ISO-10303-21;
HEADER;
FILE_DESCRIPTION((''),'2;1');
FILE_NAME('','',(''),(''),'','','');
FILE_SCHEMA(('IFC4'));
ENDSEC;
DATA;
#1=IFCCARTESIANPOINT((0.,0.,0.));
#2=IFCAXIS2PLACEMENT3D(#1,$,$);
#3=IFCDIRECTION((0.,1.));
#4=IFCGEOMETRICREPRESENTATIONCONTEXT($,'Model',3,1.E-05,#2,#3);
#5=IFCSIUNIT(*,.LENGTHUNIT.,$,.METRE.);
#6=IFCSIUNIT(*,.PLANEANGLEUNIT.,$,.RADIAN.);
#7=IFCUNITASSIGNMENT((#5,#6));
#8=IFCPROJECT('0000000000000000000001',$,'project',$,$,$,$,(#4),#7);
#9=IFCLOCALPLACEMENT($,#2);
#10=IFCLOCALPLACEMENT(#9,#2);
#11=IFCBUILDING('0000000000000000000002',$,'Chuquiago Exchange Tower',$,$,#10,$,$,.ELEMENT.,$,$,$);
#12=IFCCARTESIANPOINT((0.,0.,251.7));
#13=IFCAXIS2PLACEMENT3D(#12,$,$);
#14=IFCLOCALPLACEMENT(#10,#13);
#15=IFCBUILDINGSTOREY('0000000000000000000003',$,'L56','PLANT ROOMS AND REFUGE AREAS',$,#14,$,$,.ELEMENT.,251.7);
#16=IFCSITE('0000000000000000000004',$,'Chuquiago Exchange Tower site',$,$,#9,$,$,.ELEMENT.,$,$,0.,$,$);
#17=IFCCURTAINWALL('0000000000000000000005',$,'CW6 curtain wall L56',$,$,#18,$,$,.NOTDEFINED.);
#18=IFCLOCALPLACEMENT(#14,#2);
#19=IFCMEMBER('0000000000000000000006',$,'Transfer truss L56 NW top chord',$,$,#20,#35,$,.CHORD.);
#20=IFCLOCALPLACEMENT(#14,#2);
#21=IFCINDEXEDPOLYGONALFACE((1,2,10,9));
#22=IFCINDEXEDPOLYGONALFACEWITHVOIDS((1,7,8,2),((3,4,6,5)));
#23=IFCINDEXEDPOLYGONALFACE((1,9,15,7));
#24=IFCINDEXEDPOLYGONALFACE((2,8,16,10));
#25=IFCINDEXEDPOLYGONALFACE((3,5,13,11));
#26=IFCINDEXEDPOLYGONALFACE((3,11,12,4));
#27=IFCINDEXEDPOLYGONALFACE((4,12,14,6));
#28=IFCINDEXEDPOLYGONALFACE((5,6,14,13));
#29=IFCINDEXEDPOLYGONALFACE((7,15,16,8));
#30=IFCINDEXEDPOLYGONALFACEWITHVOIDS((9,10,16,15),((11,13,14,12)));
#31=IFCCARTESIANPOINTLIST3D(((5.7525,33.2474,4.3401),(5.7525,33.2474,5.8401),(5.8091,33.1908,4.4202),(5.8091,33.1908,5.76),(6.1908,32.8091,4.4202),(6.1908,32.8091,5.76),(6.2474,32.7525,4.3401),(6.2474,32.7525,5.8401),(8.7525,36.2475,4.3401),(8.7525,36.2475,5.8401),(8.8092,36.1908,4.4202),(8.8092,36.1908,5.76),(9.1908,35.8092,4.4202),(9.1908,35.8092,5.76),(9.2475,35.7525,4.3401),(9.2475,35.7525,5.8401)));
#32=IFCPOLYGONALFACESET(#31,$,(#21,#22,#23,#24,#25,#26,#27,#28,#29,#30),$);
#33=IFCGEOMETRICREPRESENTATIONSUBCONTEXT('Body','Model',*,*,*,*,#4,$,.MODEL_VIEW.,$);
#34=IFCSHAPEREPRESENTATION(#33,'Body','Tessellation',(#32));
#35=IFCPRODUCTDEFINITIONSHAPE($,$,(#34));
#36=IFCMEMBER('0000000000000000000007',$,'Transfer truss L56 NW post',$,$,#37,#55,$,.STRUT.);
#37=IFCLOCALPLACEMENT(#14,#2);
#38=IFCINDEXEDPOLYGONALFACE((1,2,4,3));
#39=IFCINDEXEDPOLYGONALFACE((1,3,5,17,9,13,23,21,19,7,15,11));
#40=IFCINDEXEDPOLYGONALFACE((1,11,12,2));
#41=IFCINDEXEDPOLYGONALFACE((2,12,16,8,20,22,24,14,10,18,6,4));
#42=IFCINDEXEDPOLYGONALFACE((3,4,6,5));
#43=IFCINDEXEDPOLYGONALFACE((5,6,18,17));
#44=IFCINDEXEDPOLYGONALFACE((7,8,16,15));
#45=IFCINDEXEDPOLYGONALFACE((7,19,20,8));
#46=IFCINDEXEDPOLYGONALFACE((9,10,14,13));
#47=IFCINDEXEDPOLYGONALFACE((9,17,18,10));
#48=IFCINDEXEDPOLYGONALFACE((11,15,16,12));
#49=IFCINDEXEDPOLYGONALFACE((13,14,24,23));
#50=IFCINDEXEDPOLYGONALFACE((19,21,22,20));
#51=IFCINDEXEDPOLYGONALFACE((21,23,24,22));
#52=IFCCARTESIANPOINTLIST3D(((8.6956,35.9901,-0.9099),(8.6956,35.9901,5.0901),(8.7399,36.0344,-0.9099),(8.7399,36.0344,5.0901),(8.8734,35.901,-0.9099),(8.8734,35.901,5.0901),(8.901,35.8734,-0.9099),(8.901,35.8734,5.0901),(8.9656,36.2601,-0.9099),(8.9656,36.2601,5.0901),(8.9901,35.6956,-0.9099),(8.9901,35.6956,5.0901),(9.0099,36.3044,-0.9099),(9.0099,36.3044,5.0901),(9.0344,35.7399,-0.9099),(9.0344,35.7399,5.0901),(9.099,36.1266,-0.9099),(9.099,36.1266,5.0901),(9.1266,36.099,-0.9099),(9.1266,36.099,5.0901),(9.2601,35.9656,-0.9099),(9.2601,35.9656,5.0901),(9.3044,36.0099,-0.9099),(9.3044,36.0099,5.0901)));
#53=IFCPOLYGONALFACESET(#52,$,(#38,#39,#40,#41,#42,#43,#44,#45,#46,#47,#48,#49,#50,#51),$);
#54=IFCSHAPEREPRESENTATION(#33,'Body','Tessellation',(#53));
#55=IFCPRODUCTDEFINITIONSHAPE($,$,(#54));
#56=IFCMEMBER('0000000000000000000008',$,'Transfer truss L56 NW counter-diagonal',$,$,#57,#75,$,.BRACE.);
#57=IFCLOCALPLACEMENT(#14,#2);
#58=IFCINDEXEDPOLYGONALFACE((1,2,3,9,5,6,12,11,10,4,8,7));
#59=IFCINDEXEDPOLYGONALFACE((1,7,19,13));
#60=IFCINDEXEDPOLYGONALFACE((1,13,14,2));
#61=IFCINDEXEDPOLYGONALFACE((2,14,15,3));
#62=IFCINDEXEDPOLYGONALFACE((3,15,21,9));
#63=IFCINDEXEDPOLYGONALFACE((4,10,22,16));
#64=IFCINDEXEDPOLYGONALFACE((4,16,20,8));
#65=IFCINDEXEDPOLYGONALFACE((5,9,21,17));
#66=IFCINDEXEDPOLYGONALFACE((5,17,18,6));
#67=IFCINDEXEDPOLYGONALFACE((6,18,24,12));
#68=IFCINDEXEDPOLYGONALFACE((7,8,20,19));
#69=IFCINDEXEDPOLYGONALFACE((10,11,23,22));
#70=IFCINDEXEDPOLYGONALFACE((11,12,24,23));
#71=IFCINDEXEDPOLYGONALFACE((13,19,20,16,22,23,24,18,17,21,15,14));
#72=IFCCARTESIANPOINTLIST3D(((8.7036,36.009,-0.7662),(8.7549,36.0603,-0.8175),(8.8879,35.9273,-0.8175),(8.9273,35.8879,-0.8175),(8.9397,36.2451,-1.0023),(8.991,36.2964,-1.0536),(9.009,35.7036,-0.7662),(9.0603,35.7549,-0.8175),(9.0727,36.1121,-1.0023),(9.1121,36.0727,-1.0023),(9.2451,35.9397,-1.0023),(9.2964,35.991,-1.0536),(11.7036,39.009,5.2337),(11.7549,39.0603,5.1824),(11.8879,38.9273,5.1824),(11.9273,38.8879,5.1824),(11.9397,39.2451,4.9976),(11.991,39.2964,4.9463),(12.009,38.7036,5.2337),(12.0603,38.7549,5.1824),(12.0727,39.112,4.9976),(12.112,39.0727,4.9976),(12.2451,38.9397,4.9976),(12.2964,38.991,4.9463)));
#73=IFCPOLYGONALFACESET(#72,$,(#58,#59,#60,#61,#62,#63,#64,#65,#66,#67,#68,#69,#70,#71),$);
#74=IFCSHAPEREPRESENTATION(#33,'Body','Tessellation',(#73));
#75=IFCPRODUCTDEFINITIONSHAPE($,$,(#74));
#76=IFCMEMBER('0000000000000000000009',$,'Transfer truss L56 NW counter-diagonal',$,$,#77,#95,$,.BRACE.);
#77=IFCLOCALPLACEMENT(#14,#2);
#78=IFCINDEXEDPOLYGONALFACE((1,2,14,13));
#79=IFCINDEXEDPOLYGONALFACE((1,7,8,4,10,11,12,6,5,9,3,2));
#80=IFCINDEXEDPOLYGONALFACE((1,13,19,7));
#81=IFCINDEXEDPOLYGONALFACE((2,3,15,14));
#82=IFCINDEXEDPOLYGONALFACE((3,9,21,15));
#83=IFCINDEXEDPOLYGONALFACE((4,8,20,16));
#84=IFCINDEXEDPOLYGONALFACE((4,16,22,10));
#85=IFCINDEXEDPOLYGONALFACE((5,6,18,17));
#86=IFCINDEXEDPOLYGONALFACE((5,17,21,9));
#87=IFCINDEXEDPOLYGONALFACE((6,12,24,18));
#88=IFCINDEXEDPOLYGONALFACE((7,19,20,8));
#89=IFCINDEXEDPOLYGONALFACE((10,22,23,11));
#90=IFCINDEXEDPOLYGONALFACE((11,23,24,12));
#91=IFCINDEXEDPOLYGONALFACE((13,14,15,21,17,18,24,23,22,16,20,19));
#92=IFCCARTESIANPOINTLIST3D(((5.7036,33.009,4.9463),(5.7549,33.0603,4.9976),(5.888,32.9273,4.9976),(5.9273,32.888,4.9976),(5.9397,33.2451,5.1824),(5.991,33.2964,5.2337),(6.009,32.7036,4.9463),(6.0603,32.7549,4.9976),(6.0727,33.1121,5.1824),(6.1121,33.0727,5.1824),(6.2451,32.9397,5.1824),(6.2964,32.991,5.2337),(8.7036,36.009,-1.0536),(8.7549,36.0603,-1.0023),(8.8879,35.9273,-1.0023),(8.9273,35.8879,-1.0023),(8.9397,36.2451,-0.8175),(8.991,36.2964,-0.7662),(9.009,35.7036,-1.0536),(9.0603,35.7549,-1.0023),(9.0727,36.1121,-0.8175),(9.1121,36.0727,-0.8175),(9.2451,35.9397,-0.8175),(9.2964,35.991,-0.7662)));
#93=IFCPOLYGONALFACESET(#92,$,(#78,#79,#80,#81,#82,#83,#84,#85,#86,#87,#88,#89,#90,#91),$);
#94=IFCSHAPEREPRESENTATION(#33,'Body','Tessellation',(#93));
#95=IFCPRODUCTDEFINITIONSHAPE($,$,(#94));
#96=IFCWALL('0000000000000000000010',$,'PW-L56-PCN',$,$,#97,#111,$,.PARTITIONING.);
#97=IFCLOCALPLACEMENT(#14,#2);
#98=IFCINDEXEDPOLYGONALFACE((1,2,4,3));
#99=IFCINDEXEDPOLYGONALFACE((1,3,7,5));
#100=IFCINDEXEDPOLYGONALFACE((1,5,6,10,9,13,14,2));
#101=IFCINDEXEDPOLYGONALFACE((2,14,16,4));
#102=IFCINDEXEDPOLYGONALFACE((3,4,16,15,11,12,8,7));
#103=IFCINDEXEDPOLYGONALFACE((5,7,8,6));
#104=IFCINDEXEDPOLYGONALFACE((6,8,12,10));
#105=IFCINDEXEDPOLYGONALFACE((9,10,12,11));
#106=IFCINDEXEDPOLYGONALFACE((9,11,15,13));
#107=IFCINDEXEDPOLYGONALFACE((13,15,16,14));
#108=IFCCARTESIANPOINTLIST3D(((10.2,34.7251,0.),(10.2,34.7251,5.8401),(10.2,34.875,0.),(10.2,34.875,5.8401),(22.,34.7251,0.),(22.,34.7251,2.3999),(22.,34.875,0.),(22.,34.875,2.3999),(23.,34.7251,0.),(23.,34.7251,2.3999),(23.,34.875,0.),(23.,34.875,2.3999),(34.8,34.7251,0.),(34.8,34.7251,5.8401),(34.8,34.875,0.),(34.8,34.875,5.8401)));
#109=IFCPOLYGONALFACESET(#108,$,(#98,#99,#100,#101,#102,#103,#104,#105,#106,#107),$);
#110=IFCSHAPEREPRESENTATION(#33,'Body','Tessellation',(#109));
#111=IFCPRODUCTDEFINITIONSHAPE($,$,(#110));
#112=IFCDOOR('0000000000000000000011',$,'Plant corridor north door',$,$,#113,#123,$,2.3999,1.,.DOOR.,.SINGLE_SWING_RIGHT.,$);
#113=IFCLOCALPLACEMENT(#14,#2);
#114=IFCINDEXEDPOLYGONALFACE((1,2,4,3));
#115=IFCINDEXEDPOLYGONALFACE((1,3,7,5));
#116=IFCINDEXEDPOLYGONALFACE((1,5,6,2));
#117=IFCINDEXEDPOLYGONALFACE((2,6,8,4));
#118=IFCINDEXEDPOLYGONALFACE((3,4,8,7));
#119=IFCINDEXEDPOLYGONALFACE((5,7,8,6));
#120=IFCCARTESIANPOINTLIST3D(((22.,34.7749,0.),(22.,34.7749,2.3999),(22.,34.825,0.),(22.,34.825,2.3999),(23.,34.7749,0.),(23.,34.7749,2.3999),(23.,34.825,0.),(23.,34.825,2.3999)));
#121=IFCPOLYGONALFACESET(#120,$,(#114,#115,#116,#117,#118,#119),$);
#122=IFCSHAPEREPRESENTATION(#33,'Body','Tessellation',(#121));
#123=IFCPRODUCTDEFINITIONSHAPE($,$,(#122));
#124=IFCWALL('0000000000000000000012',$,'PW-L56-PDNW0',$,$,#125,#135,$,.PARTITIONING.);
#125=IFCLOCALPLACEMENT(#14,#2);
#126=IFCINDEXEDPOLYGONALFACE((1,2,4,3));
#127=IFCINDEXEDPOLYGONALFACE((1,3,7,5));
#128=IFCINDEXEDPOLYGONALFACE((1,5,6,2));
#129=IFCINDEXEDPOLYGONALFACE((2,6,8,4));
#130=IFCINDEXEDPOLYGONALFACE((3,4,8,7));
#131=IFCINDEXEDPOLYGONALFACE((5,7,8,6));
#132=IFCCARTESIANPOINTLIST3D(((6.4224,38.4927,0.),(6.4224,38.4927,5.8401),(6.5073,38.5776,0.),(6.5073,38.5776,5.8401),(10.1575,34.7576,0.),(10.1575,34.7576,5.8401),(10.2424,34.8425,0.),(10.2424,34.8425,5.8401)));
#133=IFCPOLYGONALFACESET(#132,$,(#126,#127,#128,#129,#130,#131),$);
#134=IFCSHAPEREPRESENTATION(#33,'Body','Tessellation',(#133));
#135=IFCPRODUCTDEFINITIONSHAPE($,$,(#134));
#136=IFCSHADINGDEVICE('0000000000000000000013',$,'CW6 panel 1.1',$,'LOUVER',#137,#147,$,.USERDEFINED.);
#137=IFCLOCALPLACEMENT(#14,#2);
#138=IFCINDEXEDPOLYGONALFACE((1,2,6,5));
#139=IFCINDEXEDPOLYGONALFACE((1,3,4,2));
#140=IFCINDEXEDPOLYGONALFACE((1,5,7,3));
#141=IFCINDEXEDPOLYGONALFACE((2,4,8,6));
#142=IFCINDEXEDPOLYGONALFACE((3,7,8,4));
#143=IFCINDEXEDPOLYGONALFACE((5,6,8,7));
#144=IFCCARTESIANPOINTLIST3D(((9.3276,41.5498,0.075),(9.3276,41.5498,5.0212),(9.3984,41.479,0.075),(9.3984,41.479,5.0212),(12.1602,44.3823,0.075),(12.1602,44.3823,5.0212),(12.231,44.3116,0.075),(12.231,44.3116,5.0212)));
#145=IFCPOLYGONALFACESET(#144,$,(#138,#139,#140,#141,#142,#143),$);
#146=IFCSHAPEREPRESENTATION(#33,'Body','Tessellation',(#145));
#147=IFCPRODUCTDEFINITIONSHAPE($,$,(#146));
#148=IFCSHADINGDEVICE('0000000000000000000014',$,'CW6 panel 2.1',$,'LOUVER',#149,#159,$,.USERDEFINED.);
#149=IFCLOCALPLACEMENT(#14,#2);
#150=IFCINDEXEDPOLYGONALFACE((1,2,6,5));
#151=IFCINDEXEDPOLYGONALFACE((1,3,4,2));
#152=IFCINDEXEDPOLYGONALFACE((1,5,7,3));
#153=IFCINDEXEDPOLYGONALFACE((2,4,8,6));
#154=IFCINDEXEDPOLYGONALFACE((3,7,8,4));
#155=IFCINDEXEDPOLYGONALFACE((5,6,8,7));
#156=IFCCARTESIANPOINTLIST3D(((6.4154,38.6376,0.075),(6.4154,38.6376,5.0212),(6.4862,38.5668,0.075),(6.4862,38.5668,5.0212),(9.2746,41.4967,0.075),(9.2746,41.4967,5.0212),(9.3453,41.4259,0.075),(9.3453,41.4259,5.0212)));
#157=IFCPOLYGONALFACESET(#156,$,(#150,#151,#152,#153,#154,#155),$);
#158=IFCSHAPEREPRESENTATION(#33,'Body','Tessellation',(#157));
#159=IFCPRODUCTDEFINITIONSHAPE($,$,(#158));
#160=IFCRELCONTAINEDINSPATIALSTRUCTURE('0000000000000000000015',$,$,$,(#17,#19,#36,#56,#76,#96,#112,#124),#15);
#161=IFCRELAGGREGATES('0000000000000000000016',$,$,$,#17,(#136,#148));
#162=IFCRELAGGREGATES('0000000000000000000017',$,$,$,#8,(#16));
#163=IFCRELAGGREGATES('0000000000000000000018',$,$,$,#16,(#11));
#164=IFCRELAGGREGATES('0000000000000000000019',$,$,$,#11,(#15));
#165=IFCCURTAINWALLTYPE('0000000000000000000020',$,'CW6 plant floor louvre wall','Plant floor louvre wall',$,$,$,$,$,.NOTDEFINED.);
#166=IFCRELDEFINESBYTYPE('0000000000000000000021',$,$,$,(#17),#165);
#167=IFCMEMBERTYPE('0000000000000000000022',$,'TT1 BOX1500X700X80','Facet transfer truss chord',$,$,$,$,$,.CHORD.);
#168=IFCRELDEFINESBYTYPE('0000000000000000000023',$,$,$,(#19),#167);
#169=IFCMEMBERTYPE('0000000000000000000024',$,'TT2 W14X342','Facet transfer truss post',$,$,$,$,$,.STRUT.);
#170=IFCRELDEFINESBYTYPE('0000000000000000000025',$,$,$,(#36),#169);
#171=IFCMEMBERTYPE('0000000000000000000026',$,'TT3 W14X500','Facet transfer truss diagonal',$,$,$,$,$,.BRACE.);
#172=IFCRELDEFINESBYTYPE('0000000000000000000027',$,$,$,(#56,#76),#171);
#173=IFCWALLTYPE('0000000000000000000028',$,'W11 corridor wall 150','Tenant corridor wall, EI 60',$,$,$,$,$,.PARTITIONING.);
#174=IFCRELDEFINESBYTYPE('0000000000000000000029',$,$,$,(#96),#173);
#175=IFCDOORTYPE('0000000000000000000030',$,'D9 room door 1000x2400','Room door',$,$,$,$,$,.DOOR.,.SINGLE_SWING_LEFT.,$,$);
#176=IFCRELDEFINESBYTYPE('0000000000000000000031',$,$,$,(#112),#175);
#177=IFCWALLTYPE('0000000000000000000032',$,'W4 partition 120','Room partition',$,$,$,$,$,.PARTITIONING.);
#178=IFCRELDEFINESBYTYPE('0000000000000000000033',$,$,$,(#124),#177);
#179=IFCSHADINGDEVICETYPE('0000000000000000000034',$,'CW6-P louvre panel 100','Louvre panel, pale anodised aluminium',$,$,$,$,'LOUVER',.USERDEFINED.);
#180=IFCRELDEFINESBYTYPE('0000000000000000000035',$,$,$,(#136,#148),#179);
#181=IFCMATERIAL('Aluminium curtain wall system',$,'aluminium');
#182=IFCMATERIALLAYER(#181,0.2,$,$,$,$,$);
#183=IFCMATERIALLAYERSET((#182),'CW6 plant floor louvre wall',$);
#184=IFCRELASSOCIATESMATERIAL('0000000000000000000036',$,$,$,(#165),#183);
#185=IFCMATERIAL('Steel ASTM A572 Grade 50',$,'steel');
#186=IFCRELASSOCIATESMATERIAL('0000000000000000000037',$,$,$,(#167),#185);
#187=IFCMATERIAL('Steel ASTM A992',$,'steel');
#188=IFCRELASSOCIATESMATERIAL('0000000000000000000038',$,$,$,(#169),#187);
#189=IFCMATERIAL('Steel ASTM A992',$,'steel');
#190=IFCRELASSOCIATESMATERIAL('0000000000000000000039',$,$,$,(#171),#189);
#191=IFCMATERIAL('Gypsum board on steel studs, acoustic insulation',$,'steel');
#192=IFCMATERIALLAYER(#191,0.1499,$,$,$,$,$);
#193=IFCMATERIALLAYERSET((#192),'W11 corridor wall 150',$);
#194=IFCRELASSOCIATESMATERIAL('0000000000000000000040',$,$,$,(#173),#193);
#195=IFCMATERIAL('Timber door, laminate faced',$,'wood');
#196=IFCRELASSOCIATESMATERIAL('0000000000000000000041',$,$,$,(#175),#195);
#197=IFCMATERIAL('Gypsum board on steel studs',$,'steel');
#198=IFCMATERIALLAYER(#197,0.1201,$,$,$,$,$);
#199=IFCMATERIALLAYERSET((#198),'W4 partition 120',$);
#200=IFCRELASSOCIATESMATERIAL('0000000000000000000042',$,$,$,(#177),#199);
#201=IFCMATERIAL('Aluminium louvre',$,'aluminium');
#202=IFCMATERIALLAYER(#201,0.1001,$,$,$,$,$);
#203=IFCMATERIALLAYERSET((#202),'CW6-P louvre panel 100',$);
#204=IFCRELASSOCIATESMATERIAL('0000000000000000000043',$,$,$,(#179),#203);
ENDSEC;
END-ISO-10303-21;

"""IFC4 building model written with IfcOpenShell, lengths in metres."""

from ifc_helpers import new_model, si_unit, direction, frame, frame_2d, origin, origin_2d, place, context, subcontext, project, spatial, rectangle, hollow_rectangle, i_section, extrude, material, layer, layer_set, material_profile, profile_set, type_object, element, fill, aggregate, save


model = new_model("IFC4")

# Units and contexts
model_context = context("Model", 3, precision=1e-05, world=origin(), true_north=direction((0.0, 1.0)))
body_context = subcontext(model_context, "Body", "Model", "MODEL_VIEW")
ifc_project = project(units=[si_unit("LENGTHUNIT", "METRE"), si_unit("PLANEANGLEUNIT", "RADIAN")], contexts=[model_context])

# Site, building, storey
site_placement = place(None, origin())
site = spatial("IfcSite", under=ifc_project, at=site_placement, Name="Chuquiago Exchange Tower site", CompositionType="ELEMENT", RefElevation=0.0)
building_placement = place(site_placement, origin())
building = spatial("IfcBuilding", under=site, at=building_placement, Name="Chuquiago Exchange Tower", CompositionType="ELEMENT")
storey_placement = place(building_placement, frame((0.0, 0.0, 251.7)))
storey = spatial("IfcBuildingStorey", under=building, at=storey_placement, Name="L56", Description="PLANT ROOMS AND REFUGE AREAS", CompositionType="ELEMENT", Elevation=251.7)

# Curtain wall
ifc_material_1 = material(Name="Aluminium curtain wall system", Category="aluminium")
ifc_layer_1 = layer(ifc_material_1, 0.2)
ifc_layer_set_1 = layer_set([ifc_layer_1], Name="CW6 plant floor louvre wall")
curtain_wall_type = type_object("IfcCurtainWallType", Name="CW6 plant floor louvre wall", Description="Plant floor louvre wall", PredefinedType="NOTDEFINED", material=ifc_layer_set_1)
curtain_wall_placement = place(storey_placement, origin())
curtain_wall = element("IfcCurtainWall", 1, at=curtain_wall_placement, inside=storey, type_object=curtain_wall_type, Name="CW6 curtain wall L56", PredefinedType="NOTDEFINED")

# Members
ifc_material_2 = material(Name="Steel ASTM A572 Grade 50", Category="steel")
ifc_material_profile_1 = material_profile(ifc_material_2, hollow_rectangle(XDim=0.7, YDim=1.5, WallThickness=0.0801, at=origin_2d()), Name="BOX1500X700X80")
ifc_profile_set_1 = profile_set([ifc_material_profile_1], Name="Steel ASTM A572 Grade 50")
member_type_1 = type_object("IfcMemberType", Name="TT1 BOX1500X700X80", Description="Facet transfer truss chord", PredefinedType="CHORD", material=ifc_profile_set_1)
member_1_placement = place(storey_placement, frame((9.0, 36.0, 5.0901), z_axis=(-0.707107, -0.707107, 0.0), x_axis=(0.707107, -0.707107, 0.0)))
element("IfcMember", 2, at=member_1_placement, inside=storey, type_object=member_type_1, Name="Transfer truss L56 NW top chord", PredefinedType="CHORD", context=body_context, shape_type="SweptSolid", body=[
    extrude(hollow_rectangle(XDim=0.7, YDim=1.5, WallThickness=0.0801, at=origin_2d()), origin(), (0.0, 0.0, 1.0), 4.2427),
])
ifc_material_3 = material(Name="Steel ASTM A992", Category="steel")
ifc_material_profile_2 = material_profile(ifc_material_3, i_section(OverallWidth=0.4165, OverallDepth=0.4446, WebThickness=0.0391, FlangeThickness=0.0627, at=origin_2d()), Name="W14X342")
ifc_profile_set_2 = profile_set([ifc_material_profile_2], Name="Steel ASTM A992")
member_type_2 = type_object("IfcMemberType", Name="TT2 W14X342", Description="Facet transfer truss post", PredefinedType="STRUT", material=ifc_profile_set_2)
member_2_placement = place(storey_placement, frame((9.0, 36.0, -0.9099), z_axis=(0.0, 0.0, 1.0), x_axis=(-0.707107, 0.707107, 0.0)))
element("IfcMember", 3, at=member_2_placement, inside=storey, type_object=member_type_2, Name="Transfer truss L56 NW post", PredefinedType="STRUT", context=body_context, shape_type="SweptSolid", body=[
    extrude(i_section(OverallWidth=0.4165, OverallDepth=0.4446, WebThickness=0.0391, FlangeThickness=0.0627, at=origin_2d()), origin(), (0.0, 0.0, 1.0), 6.0),
])
ifc_material_4 = material(Name="Steel ASTM A992", Category="steel")
ifc_material_profile_3 = material_profile(ifc_material_4, i_section(OverallWidth=0.4319, OverallDepth=0.4978, WebThickness=0.0557, FlangeThickness=0.0889, at=origin_2d()), Name="W14X500")
ifc_profile_set_3 = profile_set([ifc_material_profile_3], Name="Steel ASTM A992")
member_type_3 = type_object("IfcMemberType", Name="TT3 W14X500", Description="Facet transfer truss diagonal", PredefinedType="BRACE", material=ifc_profile_set_3)
for number, where, z_axis, x_axis, name in (
    (4, (9.0, 36.0, -0.9099), (0.408248, 0.408248, 0.816497), (-0.707107, 0.707107, 0.0), "Transfer truss L56 NW counter-diagonal"),
    (5, (9.0, 36.0, -0.9099), (-0.408248, -0.408248, 0.816497), (0.707107, -0.707107, 0.0), "Transfer truss L56 NW counter-diagonal"),
):
    element("IfcMember", number, at=place(storey_placement, frame(where, z_axis=z_axis, x_axis=x_axis)), inside=storey, type_object=member_type_3, Name=name, PredefinedType="BRACE", context=body_context, shape_type="SweptSolid", body=[
        extrude(i_section(OverallWidth=0.4319, OverallDepth=0.4978, WebThickness=0.0557, FlangeThickness=0.0889, at=origin_2d()), origin(), (0.0, 0.0, 1.0), 7.3484),
    ])

# Wall, opening, door
ifc_material_5 = material(Name="Gypsum board on steel studs, acoustic insulation", Category="steel")
ifc_layer_2 = layer(ifc_material_5, 0.1499)
ifc_layer_set_2 = layer_set([ifc_layer_2], Name="W11 corridor wall 150")
wall_type_1 = type_object("IfcWallType", Name="W11 corridor wall 150", Description="Tenant corridor wall, EI 60", PredefinedType="PARTITIONING", material=ifc_layer_set_2)
wall_1_placement = place(storey_placement, frame((10.2, 34.8, 0.0), z_axis=(0.0, 0.0, 1.0), x_axis=(1.0, 0.0, 0.0)))
wall_1 = element("IfcWall", 6, at=wall_1_placement, inside=storey, type_object=wall_type_1, Name="PW-L56-PCN", PredefinedType="PARTITIONING", context=body_context, shape_type="SweptSolid", body=[
    extrude(rectangle(XDim=24.6001, YDim=0.1499, at=frame_2d((12.3, 0.0))), origin(), (0.0, 0.0, 1.0), 5.8401),
])
opening_placement = place(wall_1_placement, frame((11.8, 0.0, 0.0)))
opening = element("IfcOpeningElement", 7, at=opening_placement, cuts=wall_1, PredefinedType="OPENING", context=body_context, shape_type="SweptSolid", body=[
    extrude(rectangle(XDim=1.0, YDim=2.3999, at=frame_2d((0.5, 1.2))), frame((0.0, 0.085, 0.0), z_axis=(0.0, -1.0, 0.0), x_axis=(1.0, 0.0, 0.0)), (0.0, 0.0, 1.0), 0.1699),
])
ifc_material_6 = material(Name="Timber door, laminate faced", Category="wood")
door_type = type_object("IfcDoorType", Name="D9 room door 1000x2400", Description="Room door", OperationType="SINGLE_SWING_LEFT", PredefinedType="DOOR", material=ifc_material_6)
door_placement = place(opening_placement, origin())
door = element("IfcDoor", 8, at=door_placement, inside=storey, type_object=door_type, Name="Plant corridor north door", OperationType="SINGLE_SWING_RIGHT", OverallHeight=2.3999, OverallWidth=1.0, PredefinedType="DOOR", context=body_context, shape_type="SweptSolid", body=[
    extrude(rectangle(XDim=1.0, YDim=2.3999, at=frame_2d((0.5, 1.2))), frame((0.0, 0.0249, 0.0), z_axis=(0.0, -1.0, 0.0), x_axis=(1.0, 0.0, 0.0)), (0.0, 0.0, 1.0), 0.05),
])
fill(opening, door)

# Wall
ifc_material_7 = material(Name="Gypsum board on steel studs", Category="steel")
ifc_layer_3 = layer(ifc_material_7, 0.1201)
ifc_layer_set_3 = layer_set([ifc_layer_3], Name="W4 partition 120")
wall_type_2 = type_object("IfcWallType", Name="W4 partition 120", Description="Room partition", PredefinedType="PARTITIONING", material=ifc_layer_set_3)
wall_2_placement = place(storey_placement, frame((10.2, 34.8, 0.0), z_axis=(0.0, 0.0, 1.0), x_axis=(-0.707107, 0.707107, 0.0)))
element("IfcWall", 9, at=wall_2_placement, inside=storey, type_object=wall_type_2, Name="PW-L56-PDNW0", PredefinedType="PARTITIONING", context=body_context, shape_type="SweptSolid", body=[
    extrude(rectangle(XDim=5.2822, YDim=0.1201, at=frame_2d((2.6411, 0.0))), origin(), (0.0, 0.0, 1.0), 5.8401),
])

# Shading devices
ifc_material_8 = material(Name="Aluminium louvre", Category="aluminium")
ifc_layer_4 = layer(ifc_material_8, 0.1001)
ifc_layer_set_4 = layer_set([ifc_layer_4], Name="CW6-P louvre panel 100")
shading_device_type = type_object("IfcShadingDeviceType", Name="CW6-P louvre panel 100", Description="Louvre panel, pale anodised aluminium", ElementType="LOUVER", PredefinedType="USERDEFINED", material=ifc_layer_set_4)
shading_device_1_placement = place(storey_placement, frame((10.7793, 42.9307, 0.075), z_axis=(0.0, 0.0, 1.0), x_axis=(-0.707107, -0.707107, 0.0)))
shading_device_1 = element("IfcShadingDevice", 10, at=shading_device_1_placement, type_object=shading_device_type, Name="CW6 panel 1.1", ObjectType="LOUVER", PredefinedType="USERDEFINED", context=body_context, shape_type="SweptSolid", body=[
    extrude(rectangle(XDim=4.0059, YDim=0.1001, at=origin_2d()), origin(), (0.0, 0.0, 1.0), 4.9463),
])
shading_device_2_placement = place(storey_placement, frame((7.8804, 40.0317, 0.075), z_axis=(0.0, 0.0, 1.0), x_axis=(-0.707107, -0.707107, 0.0)))
shading_device_2 = element("IfcShadingDevice", 11, at=shading_device_2_placement, type_object=shading_device_type, Name="CW6 panel 2.1", ObjectType="LOUVER", PredefinedType="USERDEFINED", context=body_context, shape_type="SweptSolid", body=[
    extrude(rectangle(XDim=4.0435, YDim=0.1001, at=origin_2d()), origin(), (0.0, 0.0, 1.0), 4.9463),
])
aggregate(curtain_wall, [shading_device_1, shading_device_2])

save(model, "model.ifc")
